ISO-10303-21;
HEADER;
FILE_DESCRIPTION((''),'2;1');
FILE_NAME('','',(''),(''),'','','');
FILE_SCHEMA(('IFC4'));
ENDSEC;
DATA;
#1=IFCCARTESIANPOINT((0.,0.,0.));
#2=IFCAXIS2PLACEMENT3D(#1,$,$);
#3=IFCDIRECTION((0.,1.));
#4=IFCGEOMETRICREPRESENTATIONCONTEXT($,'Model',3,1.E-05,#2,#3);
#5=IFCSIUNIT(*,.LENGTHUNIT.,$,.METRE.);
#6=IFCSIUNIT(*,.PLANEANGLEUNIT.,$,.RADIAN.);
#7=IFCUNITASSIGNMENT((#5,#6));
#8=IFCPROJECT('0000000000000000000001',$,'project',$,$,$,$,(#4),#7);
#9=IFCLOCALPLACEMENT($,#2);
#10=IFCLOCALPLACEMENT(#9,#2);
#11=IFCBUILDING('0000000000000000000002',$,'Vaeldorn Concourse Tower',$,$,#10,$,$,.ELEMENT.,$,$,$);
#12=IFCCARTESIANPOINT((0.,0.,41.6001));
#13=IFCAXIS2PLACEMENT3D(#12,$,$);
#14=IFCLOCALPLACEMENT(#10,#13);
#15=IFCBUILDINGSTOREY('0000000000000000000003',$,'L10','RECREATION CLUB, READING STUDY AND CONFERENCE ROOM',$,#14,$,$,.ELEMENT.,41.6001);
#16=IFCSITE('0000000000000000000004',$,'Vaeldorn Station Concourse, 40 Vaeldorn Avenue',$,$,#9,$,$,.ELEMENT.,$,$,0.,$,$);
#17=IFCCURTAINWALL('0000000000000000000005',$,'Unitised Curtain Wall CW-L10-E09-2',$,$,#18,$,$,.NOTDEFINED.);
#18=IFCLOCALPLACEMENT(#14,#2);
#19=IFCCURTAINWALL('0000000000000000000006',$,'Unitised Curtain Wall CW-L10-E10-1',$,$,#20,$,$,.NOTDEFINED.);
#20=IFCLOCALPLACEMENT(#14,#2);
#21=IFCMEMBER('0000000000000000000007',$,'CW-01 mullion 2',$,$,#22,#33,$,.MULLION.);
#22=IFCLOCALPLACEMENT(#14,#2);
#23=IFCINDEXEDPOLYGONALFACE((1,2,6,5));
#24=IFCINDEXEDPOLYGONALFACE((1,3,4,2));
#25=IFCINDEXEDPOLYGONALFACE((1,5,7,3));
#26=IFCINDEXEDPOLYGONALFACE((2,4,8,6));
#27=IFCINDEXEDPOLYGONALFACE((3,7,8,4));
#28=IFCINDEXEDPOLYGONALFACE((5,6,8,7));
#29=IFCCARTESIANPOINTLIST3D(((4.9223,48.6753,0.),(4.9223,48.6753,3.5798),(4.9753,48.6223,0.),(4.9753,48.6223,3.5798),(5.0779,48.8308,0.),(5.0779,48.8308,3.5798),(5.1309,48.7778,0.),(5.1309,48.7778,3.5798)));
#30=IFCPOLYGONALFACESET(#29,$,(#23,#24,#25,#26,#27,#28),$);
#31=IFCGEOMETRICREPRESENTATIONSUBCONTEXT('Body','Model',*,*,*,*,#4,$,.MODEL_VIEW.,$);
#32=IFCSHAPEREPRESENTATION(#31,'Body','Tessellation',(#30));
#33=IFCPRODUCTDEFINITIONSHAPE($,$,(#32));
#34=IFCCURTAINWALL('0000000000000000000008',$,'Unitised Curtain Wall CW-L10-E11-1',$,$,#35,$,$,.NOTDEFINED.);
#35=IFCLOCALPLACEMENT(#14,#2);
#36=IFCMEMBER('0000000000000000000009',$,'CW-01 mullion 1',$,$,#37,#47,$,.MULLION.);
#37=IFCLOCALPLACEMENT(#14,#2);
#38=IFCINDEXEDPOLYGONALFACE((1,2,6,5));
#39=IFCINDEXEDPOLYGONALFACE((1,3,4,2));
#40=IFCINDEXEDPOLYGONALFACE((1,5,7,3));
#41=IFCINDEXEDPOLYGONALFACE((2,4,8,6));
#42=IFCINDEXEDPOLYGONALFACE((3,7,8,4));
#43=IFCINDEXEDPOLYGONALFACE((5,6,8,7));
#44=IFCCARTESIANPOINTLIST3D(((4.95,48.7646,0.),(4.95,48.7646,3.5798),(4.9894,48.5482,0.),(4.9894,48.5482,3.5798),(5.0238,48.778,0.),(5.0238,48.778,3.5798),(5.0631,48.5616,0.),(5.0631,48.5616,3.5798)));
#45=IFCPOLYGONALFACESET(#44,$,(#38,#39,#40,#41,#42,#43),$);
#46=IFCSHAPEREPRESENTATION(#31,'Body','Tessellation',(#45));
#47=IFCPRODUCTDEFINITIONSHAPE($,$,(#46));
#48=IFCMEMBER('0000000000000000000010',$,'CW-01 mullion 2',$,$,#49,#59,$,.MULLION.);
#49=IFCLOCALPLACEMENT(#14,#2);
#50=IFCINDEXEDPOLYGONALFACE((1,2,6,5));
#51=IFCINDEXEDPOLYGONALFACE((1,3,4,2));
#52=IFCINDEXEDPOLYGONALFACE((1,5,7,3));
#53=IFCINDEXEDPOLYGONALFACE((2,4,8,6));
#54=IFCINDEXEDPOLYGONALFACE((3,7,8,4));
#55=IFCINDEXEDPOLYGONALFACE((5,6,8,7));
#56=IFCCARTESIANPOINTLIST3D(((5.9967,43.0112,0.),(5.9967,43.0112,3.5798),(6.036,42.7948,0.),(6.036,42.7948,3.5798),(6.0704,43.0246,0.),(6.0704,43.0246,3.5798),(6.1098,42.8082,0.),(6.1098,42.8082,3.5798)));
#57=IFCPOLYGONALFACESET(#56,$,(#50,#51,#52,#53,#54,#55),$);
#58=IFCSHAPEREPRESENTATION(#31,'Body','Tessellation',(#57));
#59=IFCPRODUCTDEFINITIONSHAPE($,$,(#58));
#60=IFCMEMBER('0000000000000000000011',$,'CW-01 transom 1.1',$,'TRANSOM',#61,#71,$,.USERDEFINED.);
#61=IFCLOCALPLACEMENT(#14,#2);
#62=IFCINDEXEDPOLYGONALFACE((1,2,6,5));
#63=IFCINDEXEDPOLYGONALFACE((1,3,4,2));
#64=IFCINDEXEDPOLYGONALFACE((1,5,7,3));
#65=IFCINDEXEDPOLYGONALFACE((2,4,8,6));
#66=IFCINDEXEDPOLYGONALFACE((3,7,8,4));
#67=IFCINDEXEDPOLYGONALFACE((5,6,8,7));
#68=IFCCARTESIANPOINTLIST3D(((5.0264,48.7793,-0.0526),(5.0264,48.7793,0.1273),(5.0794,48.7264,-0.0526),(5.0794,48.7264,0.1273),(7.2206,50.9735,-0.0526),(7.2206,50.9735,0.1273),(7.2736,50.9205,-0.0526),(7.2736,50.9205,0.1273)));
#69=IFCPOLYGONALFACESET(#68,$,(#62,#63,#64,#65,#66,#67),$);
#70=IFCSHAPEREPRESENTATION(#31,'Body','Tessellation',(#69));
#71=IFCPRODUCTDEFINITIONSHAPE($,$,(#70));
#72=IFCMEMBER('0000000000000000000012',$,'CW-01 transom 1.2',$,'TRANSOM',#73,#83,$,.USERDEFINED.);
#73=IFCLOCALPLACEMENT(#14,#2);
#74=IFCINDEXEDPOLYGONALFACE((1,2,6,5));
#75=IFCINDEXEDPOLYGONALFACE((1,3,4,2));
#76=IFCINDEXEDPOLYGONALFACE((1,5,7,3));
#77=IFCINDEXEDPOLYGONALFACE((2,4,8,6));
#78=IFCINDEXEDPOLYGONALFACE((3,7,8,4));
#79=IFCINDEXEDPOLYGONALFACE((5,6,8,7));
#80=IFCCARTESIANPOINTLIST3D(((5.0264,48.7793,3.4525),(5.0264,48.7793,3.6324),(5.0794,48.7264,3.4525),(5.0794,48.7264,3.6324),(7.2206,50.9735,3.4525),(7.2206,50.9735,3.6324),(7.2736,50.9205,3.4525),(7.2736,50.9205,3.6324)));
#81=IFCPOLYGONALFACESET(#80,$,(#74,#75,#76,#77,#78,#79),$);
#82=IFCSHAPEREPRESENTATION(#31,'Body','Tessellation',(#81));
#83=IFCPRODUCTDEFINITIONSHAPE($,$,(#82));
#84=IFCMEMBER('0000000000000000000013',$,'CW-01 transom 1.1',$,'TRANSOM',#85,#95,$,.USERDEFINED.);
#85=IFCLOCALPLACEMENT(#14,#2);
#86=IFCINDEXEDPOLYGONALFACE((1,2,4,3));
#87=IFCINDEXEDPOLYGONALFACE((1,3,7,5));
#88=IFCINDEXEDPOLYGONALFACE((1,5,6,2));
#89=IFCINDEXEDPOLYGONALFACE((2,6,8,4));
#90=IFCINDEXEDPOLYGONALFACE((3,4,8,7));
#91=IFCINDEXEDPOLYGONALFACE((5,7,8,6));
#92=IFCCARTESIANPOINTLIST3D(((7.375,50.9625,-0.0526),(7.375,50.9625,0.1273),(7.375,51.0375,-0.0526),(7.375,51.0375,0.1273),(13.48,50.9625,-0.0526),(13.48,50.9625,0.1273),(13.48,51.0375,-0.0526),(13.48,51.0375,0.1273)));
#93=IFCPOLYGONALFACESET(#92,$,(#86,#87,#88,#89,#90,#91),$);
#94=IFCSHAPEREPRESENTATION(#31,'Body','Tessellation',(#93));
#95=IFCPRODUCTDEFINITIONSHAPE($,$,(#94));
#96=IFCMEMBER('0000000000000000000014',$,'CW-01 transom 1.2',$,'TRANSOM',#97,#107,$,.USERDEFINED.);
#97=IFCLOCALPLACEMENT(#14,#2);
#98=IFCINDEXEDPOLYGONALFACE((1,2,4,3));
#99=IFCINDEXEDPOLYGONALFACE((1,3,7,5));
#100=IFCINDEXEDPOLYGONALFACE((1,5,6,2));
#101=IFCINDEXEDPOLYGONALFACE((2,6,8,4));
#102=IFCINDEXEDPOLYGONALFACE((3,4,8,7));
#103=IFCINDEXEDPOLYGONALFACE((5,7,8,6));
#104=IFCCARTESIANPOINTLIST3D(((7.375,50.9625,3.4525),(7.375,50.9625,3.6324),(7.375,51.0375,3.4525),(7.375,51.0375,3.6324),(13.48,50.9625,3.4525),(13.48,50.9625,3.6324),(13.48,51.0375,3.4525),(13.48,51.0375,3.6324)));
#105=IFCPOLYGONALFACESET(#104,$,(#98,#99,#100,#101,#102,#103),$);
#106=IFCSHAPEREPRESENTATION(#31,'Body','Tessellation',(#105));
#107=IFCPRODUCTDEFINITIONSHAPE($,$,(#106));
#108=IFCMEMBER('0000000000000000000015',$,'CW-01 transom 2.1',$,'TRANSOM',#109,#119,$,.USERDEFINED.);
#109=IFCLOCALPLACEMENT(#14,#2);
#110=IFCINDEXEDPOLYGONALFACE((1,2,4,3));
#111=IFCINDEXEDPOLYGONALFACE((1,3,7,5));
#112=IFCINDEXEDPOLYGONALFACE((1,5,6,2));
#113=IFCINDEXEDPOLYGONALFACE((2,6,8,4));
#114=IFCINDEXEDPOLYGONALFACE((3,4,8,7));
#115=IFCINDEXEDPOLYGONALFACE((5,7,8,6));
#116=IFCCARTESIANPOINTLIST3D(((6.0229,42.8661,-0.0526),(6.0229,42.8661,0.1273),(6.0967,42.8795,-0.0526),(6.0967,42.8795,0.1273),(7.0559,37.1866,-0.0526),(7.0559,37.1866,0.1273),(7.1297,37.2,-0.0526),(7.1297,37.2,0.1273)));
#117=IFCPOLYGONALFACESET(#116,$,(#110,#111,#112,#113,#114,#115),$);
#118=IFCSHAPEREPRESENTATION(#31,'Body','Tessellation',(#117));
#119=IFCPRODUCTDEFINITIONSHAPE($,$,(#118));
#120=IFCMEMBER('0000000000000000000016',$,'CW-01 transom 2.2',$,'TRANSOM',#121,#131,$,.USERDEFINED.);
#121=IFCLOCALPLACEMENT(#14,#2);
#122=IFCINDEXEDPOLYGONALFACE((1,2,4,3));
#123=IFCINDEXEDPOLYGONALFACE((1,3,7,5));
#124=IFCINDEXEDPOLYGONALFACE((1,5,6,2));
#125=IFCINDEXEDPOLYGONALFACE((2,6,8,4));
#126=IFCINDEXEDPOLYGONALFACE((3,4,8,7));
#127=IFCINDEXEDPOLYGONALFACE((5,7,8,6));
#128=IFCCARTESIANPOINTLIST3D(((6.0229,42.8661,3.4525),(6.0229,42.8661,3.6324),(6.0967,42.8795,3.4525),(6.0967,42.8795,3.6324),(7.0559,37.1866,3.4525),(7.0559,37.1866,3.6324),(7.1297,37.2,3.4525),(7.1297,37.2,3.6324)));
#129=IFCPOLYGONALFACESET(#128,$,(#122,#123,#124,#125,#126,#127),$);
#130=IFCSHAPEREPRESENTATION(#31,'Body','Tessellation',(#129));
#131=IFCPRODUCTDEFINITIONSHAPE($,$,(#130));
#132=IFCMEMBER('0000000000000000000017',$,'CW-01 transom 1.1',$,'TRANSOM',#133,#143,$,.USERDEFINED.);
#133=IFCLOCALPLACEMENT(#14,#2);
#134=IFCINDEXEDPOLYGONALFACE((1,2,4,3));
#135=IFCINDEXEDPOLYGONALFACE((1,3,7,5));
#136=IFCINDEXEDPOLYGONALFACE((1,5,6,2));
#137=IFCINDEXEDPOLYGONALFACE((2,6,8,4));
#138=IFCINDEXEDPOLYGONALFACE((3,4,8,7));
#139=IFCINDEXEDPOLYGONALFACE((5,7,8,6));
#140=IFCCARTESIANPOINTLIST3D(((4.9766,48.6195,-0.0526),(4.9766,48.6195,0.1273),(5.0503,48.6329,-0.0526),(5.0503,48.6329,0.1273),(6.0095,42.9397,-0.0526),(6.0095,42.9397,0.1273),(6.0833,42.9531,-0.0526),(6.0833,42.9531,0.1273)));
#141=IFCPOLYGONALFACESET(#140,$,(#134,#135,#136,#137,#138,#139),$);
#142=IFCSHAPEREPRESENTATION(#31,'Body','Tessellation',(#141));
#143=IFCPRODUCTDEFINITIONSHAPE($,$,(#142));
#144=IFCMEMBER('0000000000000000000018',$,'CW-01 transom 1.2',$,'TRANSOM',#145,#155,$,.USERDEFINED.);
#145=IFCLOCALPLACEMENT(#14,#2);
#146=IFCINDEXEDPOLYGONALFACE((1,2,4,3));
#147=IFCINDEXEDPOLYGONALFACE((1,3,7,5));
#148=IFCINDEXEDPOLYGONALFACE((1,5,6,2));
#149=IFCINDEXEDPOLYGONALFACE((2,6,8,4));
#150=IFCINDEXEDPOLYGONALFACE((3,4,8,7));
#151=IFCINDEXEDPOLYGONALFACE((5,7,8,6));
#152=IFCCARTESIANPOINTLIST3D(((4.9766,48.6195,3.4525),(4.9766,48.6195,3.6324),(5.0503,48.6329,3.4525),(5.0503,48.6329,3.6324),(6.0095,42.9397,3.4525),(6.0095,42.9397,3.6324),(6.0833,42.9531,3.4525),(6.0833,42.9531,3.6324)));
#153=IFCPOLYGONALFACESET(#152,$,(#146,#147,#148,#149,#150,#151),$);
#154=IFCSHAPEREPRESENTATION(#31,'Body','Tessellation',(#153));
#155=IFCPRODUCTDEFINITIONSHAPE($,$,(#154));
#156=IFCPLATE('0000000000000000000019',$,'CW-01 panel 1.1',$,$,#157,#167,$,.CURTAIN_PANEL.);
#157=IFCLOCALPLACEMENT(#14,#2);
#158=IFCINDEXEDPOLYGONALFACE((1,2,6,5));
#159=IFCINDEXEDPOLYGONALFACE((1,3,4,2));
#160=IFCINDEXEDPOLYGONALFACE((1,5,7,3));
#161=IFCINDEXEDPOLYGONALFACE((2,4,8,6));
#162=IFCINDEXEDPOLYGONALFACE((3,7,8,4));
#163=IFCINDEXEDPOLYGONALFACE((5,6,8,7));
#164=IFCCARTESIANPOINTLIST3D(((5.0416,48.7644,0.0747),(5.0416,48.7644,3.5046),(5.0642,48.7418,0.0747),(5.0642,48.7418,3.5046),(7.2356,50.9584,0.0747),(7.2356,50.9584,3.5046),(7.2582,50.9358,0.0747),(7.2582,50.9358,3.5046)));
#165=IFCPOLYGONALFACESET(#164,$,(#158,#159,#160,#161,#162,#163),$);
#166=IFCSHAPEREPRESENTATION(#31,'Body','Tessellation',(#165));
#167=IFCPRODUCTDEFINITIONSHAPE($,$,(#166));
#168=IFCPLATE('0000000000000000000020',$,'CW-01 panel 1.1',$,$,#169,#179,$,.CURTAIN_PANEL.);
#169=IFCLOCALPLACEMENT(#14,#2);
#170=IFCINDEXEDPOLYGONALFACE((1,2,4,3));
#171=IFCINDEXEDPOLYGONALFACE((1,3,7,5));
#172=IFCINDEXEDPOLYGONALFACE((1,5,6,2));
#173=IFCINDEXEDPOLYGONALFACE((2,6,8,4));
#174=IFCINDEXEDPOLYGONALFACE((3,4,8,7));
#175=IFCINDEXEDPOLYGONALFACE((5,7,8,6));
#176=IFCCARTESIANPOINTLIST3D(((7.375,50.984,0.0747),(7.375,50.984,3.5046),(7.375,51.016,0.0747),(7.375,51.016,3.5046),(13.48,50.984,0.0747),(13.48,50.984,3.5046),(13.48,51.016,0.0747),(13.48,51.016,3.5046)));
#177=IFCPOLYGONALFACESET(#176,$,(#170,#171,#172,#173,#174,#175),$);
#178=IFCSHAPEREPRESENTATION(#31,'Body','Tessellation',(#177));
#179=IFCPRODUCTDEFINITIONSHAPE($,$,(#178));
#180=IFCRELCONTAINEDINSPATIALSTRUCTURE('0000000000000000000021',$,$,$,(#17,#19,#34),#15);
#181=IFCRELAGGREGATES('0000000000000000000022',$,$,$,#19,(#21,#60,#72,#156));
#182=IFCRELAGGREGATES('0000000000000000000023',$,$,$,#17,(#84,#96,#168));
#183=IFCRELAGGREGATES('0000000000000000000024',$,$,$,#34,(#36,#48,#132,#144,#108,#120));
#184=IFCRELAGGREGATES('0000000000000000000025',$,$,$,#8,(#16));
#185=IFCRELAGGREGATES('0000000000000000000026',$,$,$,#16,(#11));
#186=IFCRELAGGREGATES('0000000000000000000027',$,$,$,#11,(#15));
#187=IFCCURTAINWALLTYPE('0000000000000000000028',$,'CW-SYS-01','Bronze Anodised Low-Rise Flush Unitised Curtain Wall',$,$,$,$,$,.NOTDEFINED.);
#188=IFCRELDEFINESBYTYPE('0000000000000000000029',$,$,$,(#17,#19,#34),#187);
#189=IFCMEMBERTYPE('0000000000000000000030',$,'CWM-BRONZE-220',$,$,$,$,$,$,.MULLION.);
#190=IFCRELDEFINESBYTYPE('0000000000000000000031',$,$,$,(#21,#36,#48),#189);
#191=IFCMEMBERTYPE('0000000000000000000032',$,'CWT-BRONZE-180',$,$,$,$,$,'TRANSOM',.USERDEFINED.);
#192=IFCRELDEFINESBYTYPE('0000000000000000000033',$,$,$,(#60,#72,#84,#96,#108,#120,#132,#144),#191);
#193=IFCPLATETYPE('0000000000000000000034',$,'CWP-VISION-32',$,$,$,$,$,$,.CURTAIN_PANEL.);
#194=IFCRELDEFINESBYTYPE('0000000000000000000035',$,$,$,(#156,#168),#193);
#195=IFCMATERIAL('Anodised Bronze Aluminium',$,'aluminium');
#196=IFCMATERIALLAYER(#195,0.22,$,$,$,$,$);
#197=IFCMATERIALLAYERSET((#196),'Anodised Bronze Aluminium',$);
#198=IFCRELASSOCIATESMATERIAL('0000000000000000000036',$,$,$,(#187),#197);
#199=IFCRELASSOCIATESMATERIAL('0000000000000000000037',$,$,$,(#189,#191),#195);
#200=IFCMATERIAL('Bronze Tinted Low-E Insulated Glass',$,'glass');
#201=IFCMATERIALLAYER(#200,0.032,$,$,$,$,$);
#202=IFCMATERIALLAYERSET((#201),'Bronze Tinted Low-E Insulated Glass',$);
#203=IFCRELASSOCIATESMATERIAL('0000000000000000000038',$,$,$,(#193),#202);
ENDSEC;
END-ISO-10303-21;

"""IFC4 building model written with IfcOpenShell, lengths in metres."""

from ifc_helpers import new_model, si_unit, direction, frame, origin, origin_2d, place, context, subcontext, project, spatial, rectangle, extrude, source, transform, mapped, material, layer, layer_set, material_profile, profile_set, type_object, element, aggregate, save


model = new_model("IFC4")

# Units and contexts
model_context = context("Model", 3, precision=1e-05, world=origin(), true_north=direction((0.0, 1.0)))
body_context = subcontext(model_context, "Body", "Model", "MODEL_VIEW")
ifc_project = project(units=[si_unit("LENGTHUNIT", "METRE"), si_unit("PLANEANGLEUNIT", "RADIAN")], contexts=[model_context])

# Site, building, storey
site_placement = place(None, origin())
site = spatial("IfcSite", under=ifc_project, at=site_placement, Name="Vaeldorn Station Concourse, 40 Vaeldorn Avenue", CompositionType="ELEMENT", RefElevation=0.0)
building_placement = place(site_placement, origin())
building = spatial("IfcBuilding", under=site, at=building_placement, Name="Vaeldorn Concourse Tower", CompositionType="ELEMENT")
storey_placement = place(building_placement, frame((0.0, 0.0, 41.6001)))
storey = spatial("IfcBuildingStorey", under=building, at=storey_placement, Name="L10", Description="RECREATION CLUB, READING STUDY AND CONFERENCE ROOM", CompositionType="ELEMENT", Elevation=41.6001)

# Curtain walls, members
ifc_material_1 = material(Name="Anodised Bronze Aluminium", Category="aluminium")
ifc_layer_1 = layer(ifc_material_1, 0.22)
ifc_layer_set_1 = layer_set([ifc_layer_1], Name="Anodised Bronze Aluminium")
curtain_wall_type = type_object("IfcCurtainWallType", Name="CW-SYS-01", Description="Bronze Anodised Low-Rise Flush Unitised Curtain Wall", PredefinedType="NOTDEFINED", material=ifc_layer_set_1)
curtain_wall_1_placement = place(storey_placement, origin())
curtain_wall_1 = element("IfcCurtainWall", 1, at=curtain_wall_1_placement, inside=storey, type_object=curtain_wall_type, Name="Unitised Curtain Wall CW-L10-E09-2", PredefinedType="NOTDEFINED")
ifc_material_profile_1 = material_profile(ifc_material_1, rectangle(XDim=0.075, YDim=0.22, at=origin_2d()), Name="CWM 75x220")
ifc_profile_set_1 = profile_set([ifc_material_profile_1], Name="Anodised Bronze Aluminium")
member_type_1 = type_object("IfcMemberType", Name="CWM-BRONZE-220", PredefinedType="MULLION", material=ifc_profile_set_1)
shared_shape_1 = source(origin(), body_context, "Body", "SweptSolid", [
    extrude(rectangle(XDim=0.075, YDim=0.22, at=origin_2d()), origin(), (0.0, 0.0, 1.0), 3.5798),
])
curtain_wall_2_placement = place(storey_placement, origin())
curtain_wall_2 = element("IfcCurtainWall", 2, at=curtain_wall_2_placement, inside=storey, type_object=curtain_wall_type, Name="Unitised Curtain Wall CW-L10-E10-1", PredefinedType="NOTDEFINED")
member_1_placement = place(storey_placement, frame((5.0266, 48.7266, 0.0), z_axis=(0.0, 0.0, 1.0), x_axis=(0.707107, -0.707107, 0.0)))
member_1 = element("IfcMember", 3, at=member_1_placement, type_object=member_type_1, Name="CW-01 mullion 2", PredefinedType="MULLION", context=body_context, shape_type="MappedRepresentation", body=[
    mapped(shared_shape_1, transform((0.0, 0.0, 0.0), scale=1.0)),
])
curtain_wall_3_placement = place(storey_placement, origin())
curtain_wall_3 = element("IfcCurtainWall", 4, at=curtain_wall_3_placement, inside=storey, type_object=curtain_wall_type, Name="Unitised Curtain Wall CW-L10-E11-1", PredefinedType="NOTDEFINED")
member_2_placement = place(storey_placement, frame((5.0066, 48.6631, 0.0), z_axis=(0.0, 0.0, 1.0), x_axis=(0.983859, 0.178947, 0.0)))
member_2 = element("IfcMember", 5, at=member_2_placement, type_object=member_type_1, Name="CW-01 mullion 1", PredefinedType="MULLION", context=body_context, shape_type="MappedRepresentation", body=[
    mapped(shared_shape_1, transform((0.0, 0.0, 0.0), scale=1.0)),
])
member_3_placement = place(storey_placement, frame((6.0532, 42.9097, 0.0), z_axis=(0.0, 0.0, 1.0), x_axis=(0.983859, 0.178947, 0.0)))
member_3 = element("IfcMember", 6, at=member_3_placement, type_object=member_type_1, Name="CW-01 mullion 2", PredefinedType="MULLION", context=body_context, shape_type="MappedRepresentation", body=[
    mapped(shared_shape_1, transform((0.0, 0.0, 0.0), scale=1.0)),
])

# Members
ifc_material_profile_2 = material_profile(ifc_material_1, rectangle(XDim=0.075, YDim=0.1799, at=origin_2d()), Name="CWT 75x180")
ifc_profile_set_2 = profile_set([ifc_material_profile_2], Name="Anodised Bronze Aluminium")
member_type_2 = type_object("IfcMemberType", Name="CWT-BRONZE-180", ElementType="TRANSOM", PredefinedType="USERDEFINED", material=ifc_profile_set_2)
shared_shape_2 = source(origin(), body_context, "Body", "SweptSolid", [
    extrude(rectangle(XDim=0.075, YDim=0.1799, at=origin_2d()), origin(), (0.0, 0.0, 1.0), 3.103),
])
member_4_placement = place(storey_placement, frame((7.2471, 50.947, 0.0374), z_axis=(-0.707107, -0.707107, 0.0), x_axis=(0.707107, -0.707107, 0.0)))
member_4 = element("IfcMember", 7, at=member_4_placement, type_object=member_type_2, Name="CW-01 transom 1.1", ObjectType="TRANSOM", PredefinedType="USERDEFINED", context=body_context, shape_type="MappedRepresentation", body=[
    mapped(shared_shape_2, transform((0.0, 0.0, 0.0), scale=1.0)),
])
member_5_placement = place(storey_placement, frame((7.2471, 50.947, 3.5425), z_axis=(-0.707107, -0.707107, 0.0), x_axis=(0.707107, -0.707107, 0.0)))
member_5 = element("IfcMember", 8, at=member_5_placement, type_object=member_type_2, Name="CW-01 transom 1.2", ObjectType="TRANSOM", PredefinedType="USERDEFINED", context=body_context, shape_type="MappedRepresentation", body=[
    mapped(shared_shape_2, transform((0.0, 0.0, 0.0), scale=1.0)),
])
shared_shape_3 = source(origin(), body_context, "Body", "SweptSolid", [
    extrude(rectangle(XDim=0.075, YDim=0.1799, at=origin_2d()), origin(), (0.0, 0.0, 1.0), 6.105),
])
member_6_placement = place(storey_placement, frame((13.48, 51.0, 0.0374), z_axis=(-1.0, 0.0, 0.0), x_axis=(0.0, -1.0, 0.0)))
member_6 = element("IfcMember", 9, at=member_6_placement, type_object=member_type_2, Name="CW-01 transom 1.1", ObjectType="TRANSOM", PredefinedType="USERDEFINED", context=body_context, shape_type="MappedRepresentation", body=[
    mapped(shared_shape_3, transform((0.0, 0.0, 0.0), scale=1.0)),
])
member_7_placement = place(storey_placement, frame((13.48, 51.0, 3.5425), z_axis=(-1.0, 0.0, 0.0), x_axis=(0.0, -1.0, 0.0)))
member_7 = element("IfcMember", 10, at=member_7_placement, type_object=member_type_2, Name="CW-01 transom 1.2", ObjectType="TRANSOM", PredefinedType="USERDEFINED", context=body_context, shape_type="MappedRepresentation", body=[
    mapped(shared_shape_3, transform((0.0, 0.0, 0.0), scale=1.0)),
])
shared_shape_4 = source(origin(), body_context, "Body", "SweptSolid", [
    extrude(rectangle(XDim=0.075, YDim=0.1799, at=origin_2d()), origin(), (0.0, 0.0, 1.0), 5.7727),
])
member_8_placement = place(storey_placement, frame((6.0598, 42.8728, 0.0374), z_axis=(0.178941, -0.98386, 0.0), x_axis=(0.98386, 0.178941, 0.0)))
member_8 = element("IfcMember", 11, at=member_8_placement, type_object=member_type_2, Name="CW-01 transom 2.1", ObjectType="TRANSOM", PredefinedType="USERDEFINED", context=body_context, shape_type="MappedRepresentation", body=[
    mapped(shared_shape_4, transform((0.0, 0.0, 0.0), scale=1.0)),
])
member_9_placement = place(storey_placement, frame((6.0598, 42.8728, 3.5425), z_axis=(0.178941, -0.98386, 0.0), x_axis=(0.98386, 0.178941, 0.0)))
member_9 = element("IfcMember", 12, at=member_9_placement, type_object=member_type_2, Name="CW-01 transom 2.2", ObjectType="TRANSOM", PredefinedType="USERDEFINED", context=body_context, shape_type="MappedRepresentation", body=[
    mapped(shared_shape_4, transform((0.0, 0.0, 0.0), scale=1.0)),
])
shared_shape_5 = source(origin(), body_context, "Body", "SweptSolid", [
    extrude(rectangle(XDim=0.075, YDim=0.1799, at=origin_2d()), origin(), (0.0, 0.0, 1.0), 5.7729),
])
member_10_placement = place(storey_placement, frame((5.0134, 48.6262, 0.0374), z_axis=(0.178934, -0.983861, 0.0), x_axis=(0.983861, 0.178934, 0.0)))
member_10 = element("IfcMember", 13, at=member_10_placement, type_object=member_type_2, Name="CW-01 transom 1.1", ObjectType="TRANSOM", PredefinedType="USERDEFINED", context=body_context, shape_type="MappedRepresentation", body=[
    mapped(shared_shape_5, transform((0.0, 0.0, 0.0), scale=1.0)),
])
member_11_placement = place(storey_placement, frame((5.0134, 48.6262, 3.5425), z_axis=(0.178934, -0.983861, 0.0), x_axis=(0.983861, 0.178934, 0.0)))
member_11 = element("IfcMember", 14, at=member_11_placement, type_object=member_type_2, Name="CW-01 transom 1.2", ObjectType="TRANSOM", PredefinedType="USERDEFINED", context=body_context, shape_type="MappedRepresentation", body=[
    mapped(shared_shape_5, transform((0.0, 0.0, 0.0), scale=1.0)),
])

# Plates
ifc_material_2 = material(Name="Bronze Tinted Low-E Insulated Glass", Category="glass")
ifc_layer_2 = layer(ifc_material_2, 0.032)
ifc_layer_set_2 = layer_set([ifc_layer_2], Name="Bronze Tinted Low-E Insulated Glass")
plate_type = type_object("IfcPlateType", Name="CWP-VISION-32", PredefinedType="CURTAIN_PANEL", material=ifc_layer_set_2)
shared_shape_6 = source(origin(), body_context, "Body", "SweptSolid", [
    extrude(rectangle(XDim=3.1028, YDim=0.032, at=origin_2d()), origin(), (0.0, 0.0, 1.0), 3.4299),
])
plate_1_placement = place(storey_placement, frame((6.1499, 49.8501, 0.0747), z_axis=(0.0, 0.0, 1.0), x_axis=(-0.707107, -0.707107, 0.0)))
plate_1 = element("IfcPlate", 15, at=plate_1_placement, type_object=plate_type, Name="CW-01 panel 1.1", PredefinedType="CURTAIN_PANEL", context=body_context, shape_type="MappedRepresentation", body=[
    mapped(shared_shape_6, transform((0.0, 0.0, 0.0), scale=1.0)),
])
aggregate(curtain_wall_2, [member_1, member_4, member_5, plate_1])
shared_shape_7 = source(origin(), body_context, "Body", "SweptSolid", [
    extrude(rectangle(XDim=6.105, YDim=0.032, at=origin_2d()), origin(), (0.0, 0.0, 1.0), 3.4299),
])
plate_2_placement = place(storey_placement, frame((10.4275, 51.0, 0.0747), z_axis=(0.0, 0.0, 1.0), x_axis=(-1.0, 0.0, 0.0)))
plate_2 = element("IfcPlate", 16, at=plate_2_placement, type_object=plate_type, Name="CW-01 panel 1.1", PredefinedType="CURTAIN_PANEL", context=body_context, shape_type="MappedRepresentation", body=[
    mapped(shared_shape_7, transform((0.0, 0.0, 0.0), scale=1.0)),
])
aggregate(curtain_wall_1, [member_6, member_7, plate_2])
aggregate(curtain_wall_3, [member_2, member_3, member_10, member_11, member_8, member_9])

save(model, "model.ifc")
